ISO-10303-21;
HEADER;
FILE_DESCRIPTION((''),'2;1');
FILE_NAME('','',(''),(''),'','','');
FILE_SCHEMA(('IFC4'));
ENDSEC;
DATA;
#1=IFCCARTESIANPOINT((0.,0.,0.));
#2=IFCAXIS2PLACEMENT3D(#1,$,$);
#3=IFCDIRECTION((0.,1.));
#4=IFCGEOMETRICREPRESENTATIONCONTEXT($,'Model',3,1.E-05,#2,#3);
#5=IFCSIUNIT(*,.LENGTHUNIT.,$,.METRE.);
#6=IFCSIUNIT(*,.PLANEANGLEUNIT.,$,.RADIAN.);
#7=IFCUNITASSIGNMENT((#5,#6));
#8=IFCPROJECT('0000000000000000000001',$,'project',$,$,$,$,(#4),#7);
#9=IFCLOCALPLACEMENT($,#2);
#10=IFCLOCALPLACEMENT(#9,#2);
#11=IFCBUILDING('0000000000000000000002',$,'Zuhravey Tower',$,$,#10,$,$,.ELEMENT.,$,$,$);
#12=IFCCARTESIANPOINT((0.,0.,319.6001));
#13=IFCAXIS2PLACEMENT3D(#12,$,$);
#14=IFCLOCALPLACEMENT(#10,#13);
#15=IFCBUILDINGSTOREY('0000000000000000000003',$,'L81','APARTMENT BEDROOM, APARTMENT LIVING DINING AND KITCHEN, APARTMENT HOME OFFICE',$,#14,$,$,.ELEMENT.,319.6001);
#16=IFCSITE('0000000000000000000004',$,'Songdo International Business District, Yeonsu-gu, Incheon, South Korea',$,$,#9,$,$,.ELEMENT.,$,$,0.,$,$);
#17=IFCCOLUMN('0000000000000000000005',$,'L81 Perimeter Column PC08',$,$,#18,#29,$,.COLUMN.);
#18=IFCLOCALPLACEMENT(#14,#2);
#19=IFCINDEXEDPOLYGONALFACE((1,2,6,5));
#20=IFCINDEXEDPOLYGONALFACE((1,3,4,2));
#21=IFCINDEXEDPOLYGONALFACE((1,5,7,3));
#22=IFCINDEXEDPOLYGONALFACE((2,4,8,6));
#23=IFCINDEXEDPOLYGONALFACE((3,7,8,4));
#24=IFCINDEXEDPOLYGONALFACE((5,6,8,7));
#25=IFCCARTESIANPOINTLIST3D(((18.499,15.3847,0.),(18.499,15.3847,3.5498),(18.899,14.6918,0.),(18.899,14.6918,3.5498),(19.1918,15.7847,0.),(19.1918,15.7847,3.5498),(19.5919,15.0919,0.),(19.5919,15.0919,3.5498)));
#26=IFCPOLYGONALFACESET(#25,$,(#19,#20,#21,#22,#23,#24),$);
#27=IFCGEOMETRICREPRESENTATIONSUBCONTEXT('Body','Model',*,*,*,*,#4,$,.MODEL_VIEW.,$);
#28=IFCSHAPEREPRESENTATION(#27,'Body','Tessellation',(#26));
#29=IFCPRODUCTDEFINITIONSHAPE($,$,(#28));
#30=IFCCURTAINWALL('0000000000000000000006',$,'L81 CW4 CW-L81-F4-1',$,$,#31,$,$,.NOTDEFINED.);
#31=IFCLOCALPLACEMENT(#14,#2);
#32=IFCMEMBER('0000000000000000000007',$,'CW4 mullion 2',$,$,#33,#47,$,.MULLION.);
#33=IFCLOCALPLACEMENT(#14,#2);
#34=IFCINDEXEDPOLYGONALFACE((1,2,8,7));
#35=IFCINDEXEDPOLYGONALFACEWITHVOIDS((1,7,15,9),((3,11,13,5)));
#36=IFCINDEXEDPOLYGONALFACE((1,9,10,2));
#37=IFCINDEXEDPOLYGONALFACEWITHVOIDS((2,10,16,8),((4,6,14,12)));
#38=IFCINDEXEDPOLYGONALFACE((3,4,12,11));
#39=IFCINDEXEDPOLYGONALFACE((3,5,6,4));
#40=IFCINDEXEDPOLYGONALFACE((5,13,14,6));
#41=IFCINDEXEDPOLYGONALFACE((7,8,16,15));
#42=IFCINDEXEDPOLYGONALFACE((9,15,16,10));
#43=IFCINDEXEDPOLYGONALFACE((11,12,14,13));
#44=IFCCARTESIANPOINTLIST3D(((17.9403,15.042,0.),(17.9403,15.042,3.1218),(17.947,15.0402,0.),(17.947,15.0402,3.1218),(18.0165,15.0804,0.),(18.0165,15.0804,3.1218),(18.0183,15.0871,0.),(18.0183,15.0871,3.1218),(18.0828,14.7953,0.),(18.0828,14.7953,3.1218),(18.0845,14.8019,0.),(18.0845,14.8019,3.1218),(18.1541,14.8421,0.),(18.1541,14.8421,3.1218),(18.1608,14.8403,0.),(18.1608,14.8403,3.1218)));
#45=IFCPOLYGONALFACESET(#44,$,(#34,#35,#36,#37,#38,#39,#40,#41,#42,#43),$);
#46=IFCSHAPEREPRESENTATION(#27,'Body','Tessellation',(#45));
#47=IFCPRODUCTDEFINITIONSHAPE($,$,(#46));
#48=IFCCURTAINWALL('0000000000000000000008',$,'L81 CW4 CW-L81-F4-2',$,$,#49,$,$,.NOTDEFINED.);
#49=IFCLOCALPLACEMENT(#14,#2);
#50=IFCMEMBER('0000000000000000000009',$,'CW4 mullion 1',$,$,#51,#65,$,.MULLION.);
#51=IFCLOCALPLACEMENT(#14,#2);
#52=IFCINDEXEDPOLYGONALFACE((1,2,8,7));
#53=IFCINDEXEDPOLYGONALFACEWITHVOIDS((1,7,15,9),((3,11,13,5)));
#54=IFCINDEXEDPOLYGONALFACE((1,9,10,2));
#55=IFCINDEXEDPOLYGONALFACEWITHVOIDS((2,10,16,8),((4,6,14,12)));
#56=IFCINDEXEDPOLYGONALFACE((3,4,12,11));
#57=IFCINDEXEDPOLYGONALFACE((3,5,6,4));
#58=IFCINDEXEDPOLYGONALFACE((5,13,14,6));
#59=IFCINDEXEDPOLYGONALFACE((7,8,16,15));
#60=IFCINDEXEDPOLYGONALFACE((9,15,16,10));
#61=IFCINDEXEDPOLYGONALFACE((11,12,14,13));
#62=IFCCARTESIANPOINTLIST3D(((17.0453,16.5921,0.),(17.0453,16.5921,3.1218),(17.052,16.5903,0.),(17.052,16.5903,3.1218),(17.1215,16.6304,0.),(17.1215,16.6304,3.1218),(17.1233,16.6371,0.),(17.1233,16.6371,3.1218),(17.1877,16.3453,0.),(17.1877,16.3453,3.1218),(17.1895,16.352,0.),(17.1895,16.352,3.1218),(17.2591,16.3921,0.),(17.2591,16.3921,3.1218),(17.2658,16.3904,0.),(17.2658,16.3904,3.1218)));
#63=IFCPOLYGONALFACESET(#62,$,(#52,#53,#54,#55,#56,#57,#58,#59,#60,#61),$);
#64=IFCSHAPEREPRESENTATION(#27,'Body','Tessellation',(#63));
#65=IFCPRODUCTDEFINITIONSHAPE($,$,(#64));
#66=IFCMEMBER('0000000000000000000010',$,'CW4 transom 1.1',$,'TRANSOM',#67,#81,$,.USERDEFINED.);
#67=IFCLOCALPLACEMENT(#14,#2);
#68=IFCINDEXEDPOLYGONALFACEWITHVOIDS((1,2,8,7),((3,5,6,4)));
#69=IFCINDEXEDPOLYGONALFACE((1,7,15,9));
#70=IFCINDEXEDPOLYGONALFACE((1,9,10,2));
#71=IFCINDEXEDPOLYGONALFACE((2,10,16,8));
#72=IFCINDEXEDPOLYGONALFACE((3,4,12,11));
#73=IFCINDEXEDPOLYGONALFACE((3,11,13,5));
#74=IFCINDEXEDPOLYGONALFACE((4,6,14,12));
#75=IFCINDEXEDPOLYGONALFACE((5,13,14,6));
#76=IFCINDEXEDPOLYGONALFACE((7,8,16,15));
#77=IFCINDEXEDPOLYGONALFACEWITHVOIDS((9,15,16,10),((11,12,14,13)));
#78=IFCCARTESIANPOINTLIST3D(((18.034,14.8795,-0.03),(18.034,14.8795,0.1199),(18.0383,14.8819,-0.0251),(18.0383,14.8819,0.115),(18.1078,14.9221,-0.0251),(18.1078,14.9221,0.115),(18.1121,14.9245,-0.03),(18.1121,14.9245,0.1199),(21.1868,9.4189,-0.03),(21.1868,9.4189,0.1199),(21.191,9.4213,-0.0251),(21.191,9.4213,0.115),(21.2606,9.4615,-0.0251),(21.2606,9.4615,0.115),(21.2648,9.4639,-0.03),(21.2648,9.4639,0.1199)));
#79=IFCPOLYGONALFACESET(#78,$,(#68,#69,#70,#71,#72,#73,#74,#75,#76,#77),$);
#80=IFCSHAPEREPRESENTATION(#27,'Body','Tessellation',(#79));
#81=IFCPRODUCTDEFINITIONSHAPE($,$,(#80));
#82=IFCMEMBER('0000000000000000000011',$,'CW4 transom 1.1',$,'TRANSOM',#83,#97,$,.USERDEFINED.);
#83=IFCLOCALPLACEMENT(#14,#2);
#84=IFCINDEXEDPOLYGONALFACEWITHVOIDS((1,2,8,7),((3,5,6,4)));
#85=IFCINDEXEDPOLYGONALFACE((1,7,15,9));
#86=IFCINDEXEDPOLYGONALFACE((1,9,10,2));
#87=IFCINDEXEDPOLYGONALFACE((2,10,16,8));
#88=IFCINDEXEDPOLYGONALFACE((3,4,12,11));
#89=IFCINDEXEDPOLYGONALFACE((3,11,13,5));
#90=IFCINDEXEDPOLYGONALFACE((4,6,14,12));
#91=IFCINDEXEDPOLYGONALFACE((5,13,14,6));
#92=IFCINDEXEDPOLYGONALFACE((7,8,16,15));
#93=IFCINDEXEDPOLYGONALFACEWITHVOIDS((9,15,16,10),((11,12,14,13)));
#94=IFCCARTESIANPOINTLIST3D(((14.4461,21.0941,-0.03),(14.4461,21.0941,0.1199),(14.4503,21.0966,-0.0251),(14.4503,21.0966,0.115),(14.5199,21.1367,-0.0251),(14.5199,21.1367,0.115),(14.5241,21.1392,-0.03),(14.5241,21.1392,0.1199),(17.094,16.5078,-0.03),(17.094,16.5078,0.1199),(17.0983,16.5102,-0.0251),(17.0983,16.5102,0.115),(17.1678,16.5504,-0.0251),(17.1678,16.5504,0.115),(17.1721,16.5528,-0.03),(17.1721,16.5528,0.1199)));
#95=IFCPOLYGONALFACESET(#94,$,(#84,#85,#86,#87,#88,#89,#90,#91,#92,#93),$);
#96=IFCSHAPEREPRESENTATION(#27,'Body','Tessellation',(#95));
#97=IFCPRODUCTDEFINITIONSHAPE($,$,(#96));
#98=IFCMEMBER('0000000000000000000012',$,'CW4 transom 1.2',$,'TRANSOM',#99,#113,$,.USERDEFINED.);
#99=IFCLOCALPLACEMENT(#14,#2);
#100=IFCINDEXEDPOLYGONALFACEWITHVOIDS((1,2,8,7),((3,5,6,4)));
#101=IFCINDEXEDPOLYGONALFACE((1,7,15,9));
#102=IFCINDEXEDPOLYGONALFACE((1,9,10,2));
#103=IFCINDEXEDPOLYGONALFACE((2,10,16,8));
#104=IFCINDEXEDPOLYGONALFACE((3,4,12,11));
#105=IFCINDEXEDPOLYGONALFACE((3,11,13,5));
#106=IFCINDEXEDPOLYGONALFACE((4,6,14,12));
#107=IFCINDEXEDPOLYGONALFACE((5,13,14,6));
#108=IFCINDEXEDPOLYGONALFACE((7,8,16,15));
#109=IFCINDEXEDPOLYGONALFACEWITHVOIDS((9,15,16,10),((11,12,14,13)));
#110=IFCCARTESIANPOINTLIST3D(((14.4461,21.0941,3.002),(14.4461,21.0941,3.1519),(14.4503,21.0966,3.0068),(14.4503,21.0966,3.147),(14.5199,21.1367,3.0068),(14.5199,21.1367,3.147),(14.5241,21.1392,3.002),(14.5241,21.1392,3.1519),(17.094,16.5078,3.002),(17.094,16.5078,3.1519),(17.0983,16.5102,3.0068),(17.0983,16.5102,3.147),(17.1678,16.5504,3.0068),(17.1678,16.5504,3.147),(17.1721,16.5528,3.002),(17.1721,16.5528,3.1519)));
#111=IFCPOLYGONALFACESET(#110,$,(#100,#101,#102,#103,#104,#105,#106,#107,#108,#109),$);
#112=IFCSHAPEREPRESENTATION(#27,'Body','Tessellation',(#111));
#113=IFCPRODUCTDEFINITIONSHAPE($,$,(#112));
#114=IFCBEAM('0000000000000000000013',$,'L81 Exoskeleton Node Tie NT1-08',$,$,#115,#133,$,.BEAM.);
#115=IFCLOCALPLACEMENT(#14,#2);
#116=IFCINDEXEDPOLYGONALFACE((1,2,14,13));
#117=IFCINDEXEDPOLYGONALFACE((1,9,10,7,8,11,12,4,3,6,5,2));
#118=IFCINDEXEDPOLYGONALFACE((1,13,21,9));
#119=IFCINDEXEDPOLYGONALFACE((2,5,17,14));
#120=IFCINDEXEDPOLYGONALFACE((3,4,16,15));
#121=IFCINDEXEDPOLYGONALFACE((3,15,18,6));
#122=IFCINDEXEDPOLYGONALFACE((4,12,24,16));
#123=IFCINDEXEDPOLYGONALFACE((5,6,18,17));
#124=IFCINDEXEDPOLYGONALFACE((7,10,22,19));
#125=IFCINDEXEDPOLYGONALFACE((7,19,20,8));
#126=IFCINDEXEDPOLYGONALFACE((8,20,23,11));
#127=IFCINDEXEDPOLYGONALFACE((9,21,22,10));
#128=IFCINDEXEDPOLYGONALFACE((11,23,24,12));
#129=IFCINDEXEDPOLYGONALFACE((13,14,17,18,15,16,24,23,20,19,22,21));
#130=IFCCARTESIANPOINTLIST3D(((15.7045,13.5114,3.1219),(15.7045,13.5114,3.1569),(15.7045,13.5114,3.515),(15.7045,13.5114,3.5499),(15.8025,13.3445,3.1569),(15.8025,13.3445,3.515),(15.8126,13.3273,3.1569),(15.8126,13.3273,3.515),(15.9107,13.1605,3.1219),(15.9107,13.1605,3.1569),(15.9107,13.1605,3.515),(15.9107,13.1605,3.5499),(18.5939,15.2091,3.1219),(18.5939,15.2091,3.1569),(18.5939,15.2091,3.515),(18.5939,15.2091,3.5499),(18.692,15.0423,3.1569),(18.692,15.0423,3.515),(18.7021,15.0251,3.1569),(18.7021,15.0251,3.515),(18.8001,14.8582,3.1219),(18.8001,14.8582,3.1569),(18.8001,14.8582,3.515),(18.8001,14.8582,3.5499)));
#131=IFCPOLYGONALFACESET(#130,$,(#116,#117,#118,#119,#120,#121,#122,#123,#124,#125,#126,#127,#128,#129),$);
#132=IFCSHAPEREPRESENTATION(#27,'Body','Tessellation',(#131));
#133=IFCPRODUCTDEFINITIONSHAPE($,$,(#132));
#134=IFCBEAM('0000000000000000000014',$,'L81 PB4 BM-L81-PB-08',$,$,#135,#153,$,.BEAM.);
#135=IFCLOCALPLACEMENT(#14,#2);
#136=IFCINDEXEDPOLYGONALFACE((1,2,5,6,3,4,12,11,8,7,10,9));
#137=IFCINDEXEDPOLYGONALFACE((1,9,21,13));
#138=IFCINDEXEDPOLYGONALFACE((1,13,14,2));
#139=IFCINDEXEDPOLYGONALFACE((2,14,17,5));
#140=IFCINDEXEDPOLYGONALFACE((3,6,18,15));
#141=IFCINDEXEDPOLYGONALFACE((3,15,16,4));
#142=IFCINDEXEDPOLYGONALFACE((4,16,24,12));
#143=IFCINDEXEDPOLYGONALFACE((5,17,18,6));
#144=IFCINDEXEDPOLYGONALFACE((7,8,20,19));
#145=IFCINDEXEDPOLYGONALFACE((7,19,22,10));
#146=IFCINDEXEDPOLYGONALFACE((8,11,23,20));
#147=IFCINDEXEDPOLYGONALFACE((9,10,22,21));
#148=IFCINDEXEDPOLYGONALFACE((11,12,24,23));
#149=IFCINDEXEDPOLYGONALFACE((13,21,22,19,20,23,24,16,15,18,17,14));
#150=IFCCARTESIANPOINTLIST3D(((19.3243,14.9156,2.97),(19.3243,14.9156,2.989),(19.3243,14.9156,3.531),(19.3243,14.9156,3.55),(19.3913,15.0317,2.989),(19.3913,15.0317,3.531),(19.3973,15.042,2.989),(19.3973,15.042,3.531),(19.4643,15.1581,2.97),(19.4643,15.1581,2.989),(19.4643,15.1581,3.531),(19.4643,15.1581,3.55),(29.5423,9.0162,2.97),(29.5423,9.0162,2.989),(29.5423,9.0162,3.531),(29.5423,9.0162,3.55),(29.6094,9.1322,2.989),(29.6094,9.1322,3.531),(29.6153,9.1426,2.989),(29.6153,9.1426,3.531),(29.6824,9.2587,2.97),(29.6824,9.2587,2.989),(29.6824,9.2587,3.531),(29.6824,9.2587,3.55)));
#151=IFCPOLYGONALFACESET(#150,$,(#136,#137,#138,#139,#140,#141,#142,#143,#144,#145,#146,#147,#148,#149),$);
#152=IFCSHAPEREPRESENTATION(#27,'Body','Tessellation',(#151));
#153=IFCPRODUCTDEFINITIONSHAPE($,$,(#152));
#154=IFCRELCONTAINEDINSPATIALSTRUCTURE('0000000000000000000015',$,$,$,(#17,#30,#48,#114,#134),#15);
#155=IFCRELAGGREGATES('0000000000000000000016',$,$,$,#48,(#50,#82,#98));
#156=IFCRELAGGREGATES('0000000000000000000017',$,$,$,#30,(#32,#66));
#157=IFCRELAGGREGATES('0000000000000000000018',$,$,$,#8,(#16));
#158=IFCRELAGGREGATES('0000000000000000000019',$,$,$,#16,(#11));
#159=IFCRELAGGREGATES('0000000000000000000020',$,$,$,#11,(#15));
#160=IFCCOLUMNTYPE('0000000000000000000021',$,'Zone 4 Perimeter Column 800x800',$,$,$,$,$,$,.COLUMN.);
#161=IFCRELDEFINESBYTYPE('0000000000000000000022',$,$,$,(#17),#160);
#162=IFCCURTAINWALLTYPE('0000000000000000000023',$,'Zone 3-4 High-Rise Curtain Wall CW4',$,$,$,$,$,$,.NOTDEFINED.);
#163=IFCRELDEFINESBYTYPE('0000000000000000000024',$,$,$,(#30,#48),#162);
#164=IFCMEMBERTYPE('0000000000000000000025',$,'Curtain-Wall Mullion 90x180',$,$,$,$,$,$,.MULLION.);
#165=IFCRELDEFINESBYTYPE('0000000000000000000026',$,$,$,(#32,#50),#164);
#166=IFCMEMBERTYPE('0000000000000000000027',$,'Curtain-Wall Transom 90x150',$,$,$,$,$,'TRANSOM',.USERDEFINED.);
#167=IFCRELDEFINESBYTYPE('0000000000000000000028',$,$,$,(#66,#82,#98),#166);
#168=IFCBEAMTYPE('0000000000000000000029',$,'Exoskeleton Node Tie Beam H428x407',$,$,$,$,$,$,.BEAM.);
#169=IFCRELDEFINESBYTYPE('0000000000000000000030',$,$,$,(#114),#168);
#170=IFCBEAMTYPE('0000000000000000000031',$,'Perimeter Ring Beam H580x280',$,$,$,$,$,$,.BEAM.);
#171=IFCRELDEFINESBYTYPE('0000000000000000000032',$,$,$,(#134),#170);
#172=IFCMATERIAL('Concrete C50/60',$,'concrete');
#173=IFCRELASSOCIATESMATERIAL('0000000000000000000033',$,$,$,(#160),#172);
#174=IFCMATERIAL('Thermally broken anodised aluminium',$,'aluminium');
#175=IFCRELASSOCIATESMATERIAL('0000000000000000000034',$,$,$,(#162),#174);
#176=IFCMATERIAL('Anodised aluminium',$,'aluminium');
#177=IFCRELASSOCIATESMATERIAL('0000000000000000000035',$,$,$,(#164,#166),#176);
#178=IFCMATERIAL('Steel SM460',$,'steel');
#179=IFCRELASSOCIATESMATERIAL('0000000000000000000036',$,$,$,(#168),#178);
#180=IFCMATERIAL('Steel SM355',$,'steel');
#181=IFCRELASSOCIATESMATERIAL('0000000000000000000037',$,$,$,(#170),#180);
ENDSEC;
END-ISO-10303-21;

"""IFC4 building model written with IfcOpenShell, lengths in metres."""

from ifc_helpers import new_model, si_unit, direction, frame, origin, origin_2d, place, context, subcontext, project, spatial, rectangle, hollow_rectangle, i_section, extrude, material, material_profile, profile_set, type_object, element, aggregate, save


model = new_model("IFC4")

# Units and contexts
model_context = context("Model", 3, precision=1e-05, world=origin(), true_north=direction((0.0, 1.0)))
body_context = subcontext(model_context, "Body", "Model", "MODEL_VIEW")
ifc_project = project(units=[si_unit("LENGTHUNIT", "METRE"), si_unit("PLANEANGLEUNIT", "RADIAN")], contexts=[model_context])

# Site, building, storey
site_placement = place(None, origin())
site = spatial("IfcSite", under=ifc_project, at=site_placement, Name="Songdo International Business District, Yeonsu-gu, Incheon, South Korea", CompositionType="ELEMENT", RefElevation=0.0)
building_placement = place(site_placement, origin())
building = spatial("IfcBuilding", under=site, at=building_placement, Name="Zuhravey Tower", CompositionType="ELEMENT")
storey_placement = place(building_placement, frame((0.0, 0.0, 319.6001)))
storey = spatial("IfcBuildingStorey", under=building, at=storey_placement, Name="L81", Description="APARTMENT BEDROOM, APARTMENT LIVING DINING AND KITCHEN, APARTMENT HOME OFFICE", CompositionType="ELEMENT", Elevation=319.6001)

# Column
ifc_material_1 = material(Name="Concrete C50/60", Category="concrete")
ifc_material_profile_1 = material_profile(ifc_material_1, rectangle(XDim=0.8, YDim=0.8, at=origin_2d()), Name="RC-800x800")
ifc_profile_set_1 = profile_set([ifc_material_profile_1], Name="Concrete C50/60")
column_type = type_object("IfcColumnType", Name="Zone 4 Perimeter Column 800x800", PredefinedType="COLUMN", material=ifc_profile_set_1)
column_placement = place(storey_placement, frame((19.0454, 15.2383, 0.0), z_axis=(0.0, 0.0, 1.0), x_axis=(0.5, -0.866025, 0.0)))
element("IfcColumn", 1, at=column_placement, inside=storey, type_object=column_type, Name="L81 Perimeter Column PC08", PredefinedType="COLUMN", context=body_context, shape_type="SweptSolid", body=[
    extrude(rectangle(XDim=0.8, YDim=0.8, at=origin_2d()), origin(), (0.0, 0.0, 1.0), 3.5498),
])

# Curtain walls, members
ifc_material_2 = material(Name="Thermally broken anodised aluminium", Category="aluminium")
curtain_wall_type = type_object("IfcCurtainWallType", Name="Zone 3-4 High-Rise Curtain Wall CW4", PredefinedType="NOTDEFINED", material=ifc_material_2)
curtain_wall_1_placement = place(storey_placement, origin())
curtain_wall_1 = element("IfcCurtainWall", 2, at=curtain_wall_1_placement, inside=storey, type_object=curtain_wall_type, Name="L81 CW4 CW-L81-F4-1", PredefinedType="NOTDEFINED")
ifc_material_3 = material(Name="Anodised aluminium", Category="aluminium")
ifc_material_profile_2 = material_profile(ifc_material_3, hollow_rectangle(XDim=0.0901, YDim=0.2849, WallThickness=0.0049, at=origin_2d()), Name="ALU-RHS-90x285x5")
ifc_profile_set_2 = profile_set([ifc_material_profile_2], Name="Anodised aluminium")
member_type_1 = type_object("IfcMemberType", Name="Curtain-Wall Mullion 90x180", PredefinedType="MULLION", material=ifc_profile_set_2)
member_1_placement = place(storey_placement, frame((18.0505, 14.9412, 0.0), z_axis=(0.0, 0.0, 1.0), x_axis=(-0.866026, -0.5, 0.0)))
member_1 = element("IfcMember", 3, at=member_1_placement, type_object=member_type_1, Name="CW4 mullion 2", PredefinedType="MULLION", context=body_context, shape_type="SweptSolid", body=[
    extrude(hollow_rectangle(XDim=0.0901, YDim=0.2849, WallThickness=0.0049, at=origin_2d()), origin(), (0.0, 0.0, 1.0), 3.1218),
])
curtain_wall_2_placement = place(storey_placement, origin())
curtain_wall_2 = element("IfcCurtainWall", 4, at=curtain_wall_2_placement, inside=storey, type_object=curtain_wall_type, Name="L81 CW4 CW-L81-F4-2", PredefinedType="NOTDEFINED")
member_2_placement = place(storey_placement, frame((17.1555, 16.4912, 0.0), z_axis=(0.0, 0.0, 1.0), x_axis=(-0.866026, -0.499999, 0.0)))
member_2 = element("IfcMember", 5, at=member_2_placement, type_object=member_type_1, Name="CW4 mullion 1", PredefinedType="MULLION", context=body_context, shape_type="SweptSolid", body=[
    extrude(hollow_rectangle(XDim=0.0901, YDim=0.2849, WallThickness=0.0049, at=origin_2d()), origin(), (0.0, 0.0, 1.0), 3.1218),
])

# Members
ifc_material_profile_3 = material_profile(ifc_material_3, hollow_rectangle(XDim=0.0901, YDim=0.1499, WallThickness=0.0049, at=origin_2d()), Name="ALU-RHS-90x150x5")
ifc_profile_set_3 = profile_set([ifc_material_profile_3], Name="Anodised aluminium")
member_type_2 = type_object("IfcMemberType", Name="Curtain-Wall Transom 90x150", ElementType="TRANSOM", PredefinedType="USERDEFINED", material=ifc_profile_set_3)
member_3_placement = place(storey_placement, frame((21.2258, 9.4414, 0.0449), z_axis=(-0.500012, 0.866019, 0.0), x_axis=(-0.866019, -0.500012, 0.0)))
member_3 = element("IfcMember", 6, at=member_3_placement, type_object=member_type_2, Name="CW4 transom 1.1", ObjectType="TRANSOM", PredefinedType="USERDEFINED", context=body_context, shape_type="SweptSolid", body=[
    extrude(hollow_rectangle(XDim=0.0901, YDim=0.1499, WallThickness=0.0049, at=origin_2d()), origin(), (0.0, 0.0, 1.0), 6.3054),
])
member_4_placement = place(storey_placement, frame((17.1331, 16.5303, 0.0449), z_axis=(-0.499996, 0.866027, 0.0), x_axis=(-0.866027, -0.499996, 0.0)))
member_4 = element("IfcMember", 7, at=member_4_placement, type_object=member_type_2, Name="CW4 transom 1.1", ObjectType="TRANSOM", PredefinedType="USERDEFINED", context=body_context, shape_type="SweptSolid", body=[
    extrude(hollow_rectangle(XDim=0.0901, YDim=0.1499, WallThickness=0.0049, at=origin_2d()), origin(), (0.0, 0.0, 1.0), 5.2959),
])
member_5_placement = place(storey_placement, frame((17.1331, 16.5303, 3.0769), z_axis=(-0.499996, 0.866027, 0.0), x_axis=(-0.866027, -0.499996, 0.0)))
member_5 = element("IfcMember", 8, at=member_5_placement, type_object=member_type_2, Name="CW4 transom 1.2", ObjectType="TRANSOM", PredefinedType="USERDEFINED", context=body_context, shape_type="SweptSolid", body=[
    extrude(hollow_rectangle(XDim=0.0901, YDim=0.1499, WallThickness=0.0049, at=origin_2d()), origin(), (0.0, 0.0, 1.0), 5.2959),
])
aggregate(curtain_wall_2, [member_2, member_4, member_5])

# Beams
ifc_material_4 = material(Name="Steel SM460", Category="steel")
ifc_material_profile_4 = material_profile(ifc_material_4, i_section(OverallWidth=0.407, OverallDepth=0.428, WebThickness=0.02, FlangeThickness=0.0349, at=origin_2d()), Name="H-428x407x20x35")
ifc_profile_set_4 = profile_set([ifc_material_profile_4], Name="Steel SM460")
beam_type_1 = type_object("IfcBeamType", Name="Exoskeleton Node Tie Beam H428x407", PredefinedType="BEAM", material=ifc_profile_set_4)
beam_1_placement = place(storey_placement, frame((18.697, 15.0337, 3.3359), z_axis=(-0.862181, -0.5066, 0.0), x_axis=(0.5066, -0.862181, 0.0)))
element("IfcBeam", 9, at=beam_1_placement, inside=storey, type_object=beam_type_1, Name="L81 Exoskeleton Node Tie NT1-08", PredefinedType="BEAM", context=body_context, shape_type="SweptSolid", body=[
    extrude(i_section(OverallWidth=0.407, OverallDepth=0.428, WebThickness=0.02, FlangeThickness=0.0349, at=origin_2d()), origin(), (0.0, 0.0, 1.0), 3.3513),
])
ifc_material_5 = material(Name="Steel SM355", Category="steel")
ifc_material_profile_5 = material_profile(ifc_material_5, i_section(OverallWidth=0.28, OverallDepth=0.5801, WebThickness=0.012, FlangeThickness=0.019, at=origin_2d()), Name="H-580x280x12x19")
ifc_profile_set_5 = profile_set([ifc_material_profile_5], Name="Steel SM355")
beam_type_2 = type_object("IfcBeamType", Name="Perimeter Ring Beam H580x280", PredefinedType="BEAM", material=ifc_profile_set_5)
beam_2_placement = place(storey_placement, frame((19.3943, 15.0369, 3.26), z_axis=(0.866024, -0.500002, 0.0), x_axis=(0.500002, 0.866024, 0.0)))
element("IfcBeam", 10, at=beam_2_placement, inside=storey, type_object=beam_type_2, Name="L81 PB4 BM-L81-PB-08", PredefinedType="BEAM", context=body_context, shape_type="SweptSolid", body=[
    extrude(i_section(OverallWidth=0.28, OverallDepth=0.5801, WebThickness=0.012, FlangeThickness=0.019, at=origin_2d()), origin(), (0.0, 0.0, 1.0), 11.7988),
])

aggregate(curtain_wall_1, [member_1, member_3])

save(model, "model.ifc")
